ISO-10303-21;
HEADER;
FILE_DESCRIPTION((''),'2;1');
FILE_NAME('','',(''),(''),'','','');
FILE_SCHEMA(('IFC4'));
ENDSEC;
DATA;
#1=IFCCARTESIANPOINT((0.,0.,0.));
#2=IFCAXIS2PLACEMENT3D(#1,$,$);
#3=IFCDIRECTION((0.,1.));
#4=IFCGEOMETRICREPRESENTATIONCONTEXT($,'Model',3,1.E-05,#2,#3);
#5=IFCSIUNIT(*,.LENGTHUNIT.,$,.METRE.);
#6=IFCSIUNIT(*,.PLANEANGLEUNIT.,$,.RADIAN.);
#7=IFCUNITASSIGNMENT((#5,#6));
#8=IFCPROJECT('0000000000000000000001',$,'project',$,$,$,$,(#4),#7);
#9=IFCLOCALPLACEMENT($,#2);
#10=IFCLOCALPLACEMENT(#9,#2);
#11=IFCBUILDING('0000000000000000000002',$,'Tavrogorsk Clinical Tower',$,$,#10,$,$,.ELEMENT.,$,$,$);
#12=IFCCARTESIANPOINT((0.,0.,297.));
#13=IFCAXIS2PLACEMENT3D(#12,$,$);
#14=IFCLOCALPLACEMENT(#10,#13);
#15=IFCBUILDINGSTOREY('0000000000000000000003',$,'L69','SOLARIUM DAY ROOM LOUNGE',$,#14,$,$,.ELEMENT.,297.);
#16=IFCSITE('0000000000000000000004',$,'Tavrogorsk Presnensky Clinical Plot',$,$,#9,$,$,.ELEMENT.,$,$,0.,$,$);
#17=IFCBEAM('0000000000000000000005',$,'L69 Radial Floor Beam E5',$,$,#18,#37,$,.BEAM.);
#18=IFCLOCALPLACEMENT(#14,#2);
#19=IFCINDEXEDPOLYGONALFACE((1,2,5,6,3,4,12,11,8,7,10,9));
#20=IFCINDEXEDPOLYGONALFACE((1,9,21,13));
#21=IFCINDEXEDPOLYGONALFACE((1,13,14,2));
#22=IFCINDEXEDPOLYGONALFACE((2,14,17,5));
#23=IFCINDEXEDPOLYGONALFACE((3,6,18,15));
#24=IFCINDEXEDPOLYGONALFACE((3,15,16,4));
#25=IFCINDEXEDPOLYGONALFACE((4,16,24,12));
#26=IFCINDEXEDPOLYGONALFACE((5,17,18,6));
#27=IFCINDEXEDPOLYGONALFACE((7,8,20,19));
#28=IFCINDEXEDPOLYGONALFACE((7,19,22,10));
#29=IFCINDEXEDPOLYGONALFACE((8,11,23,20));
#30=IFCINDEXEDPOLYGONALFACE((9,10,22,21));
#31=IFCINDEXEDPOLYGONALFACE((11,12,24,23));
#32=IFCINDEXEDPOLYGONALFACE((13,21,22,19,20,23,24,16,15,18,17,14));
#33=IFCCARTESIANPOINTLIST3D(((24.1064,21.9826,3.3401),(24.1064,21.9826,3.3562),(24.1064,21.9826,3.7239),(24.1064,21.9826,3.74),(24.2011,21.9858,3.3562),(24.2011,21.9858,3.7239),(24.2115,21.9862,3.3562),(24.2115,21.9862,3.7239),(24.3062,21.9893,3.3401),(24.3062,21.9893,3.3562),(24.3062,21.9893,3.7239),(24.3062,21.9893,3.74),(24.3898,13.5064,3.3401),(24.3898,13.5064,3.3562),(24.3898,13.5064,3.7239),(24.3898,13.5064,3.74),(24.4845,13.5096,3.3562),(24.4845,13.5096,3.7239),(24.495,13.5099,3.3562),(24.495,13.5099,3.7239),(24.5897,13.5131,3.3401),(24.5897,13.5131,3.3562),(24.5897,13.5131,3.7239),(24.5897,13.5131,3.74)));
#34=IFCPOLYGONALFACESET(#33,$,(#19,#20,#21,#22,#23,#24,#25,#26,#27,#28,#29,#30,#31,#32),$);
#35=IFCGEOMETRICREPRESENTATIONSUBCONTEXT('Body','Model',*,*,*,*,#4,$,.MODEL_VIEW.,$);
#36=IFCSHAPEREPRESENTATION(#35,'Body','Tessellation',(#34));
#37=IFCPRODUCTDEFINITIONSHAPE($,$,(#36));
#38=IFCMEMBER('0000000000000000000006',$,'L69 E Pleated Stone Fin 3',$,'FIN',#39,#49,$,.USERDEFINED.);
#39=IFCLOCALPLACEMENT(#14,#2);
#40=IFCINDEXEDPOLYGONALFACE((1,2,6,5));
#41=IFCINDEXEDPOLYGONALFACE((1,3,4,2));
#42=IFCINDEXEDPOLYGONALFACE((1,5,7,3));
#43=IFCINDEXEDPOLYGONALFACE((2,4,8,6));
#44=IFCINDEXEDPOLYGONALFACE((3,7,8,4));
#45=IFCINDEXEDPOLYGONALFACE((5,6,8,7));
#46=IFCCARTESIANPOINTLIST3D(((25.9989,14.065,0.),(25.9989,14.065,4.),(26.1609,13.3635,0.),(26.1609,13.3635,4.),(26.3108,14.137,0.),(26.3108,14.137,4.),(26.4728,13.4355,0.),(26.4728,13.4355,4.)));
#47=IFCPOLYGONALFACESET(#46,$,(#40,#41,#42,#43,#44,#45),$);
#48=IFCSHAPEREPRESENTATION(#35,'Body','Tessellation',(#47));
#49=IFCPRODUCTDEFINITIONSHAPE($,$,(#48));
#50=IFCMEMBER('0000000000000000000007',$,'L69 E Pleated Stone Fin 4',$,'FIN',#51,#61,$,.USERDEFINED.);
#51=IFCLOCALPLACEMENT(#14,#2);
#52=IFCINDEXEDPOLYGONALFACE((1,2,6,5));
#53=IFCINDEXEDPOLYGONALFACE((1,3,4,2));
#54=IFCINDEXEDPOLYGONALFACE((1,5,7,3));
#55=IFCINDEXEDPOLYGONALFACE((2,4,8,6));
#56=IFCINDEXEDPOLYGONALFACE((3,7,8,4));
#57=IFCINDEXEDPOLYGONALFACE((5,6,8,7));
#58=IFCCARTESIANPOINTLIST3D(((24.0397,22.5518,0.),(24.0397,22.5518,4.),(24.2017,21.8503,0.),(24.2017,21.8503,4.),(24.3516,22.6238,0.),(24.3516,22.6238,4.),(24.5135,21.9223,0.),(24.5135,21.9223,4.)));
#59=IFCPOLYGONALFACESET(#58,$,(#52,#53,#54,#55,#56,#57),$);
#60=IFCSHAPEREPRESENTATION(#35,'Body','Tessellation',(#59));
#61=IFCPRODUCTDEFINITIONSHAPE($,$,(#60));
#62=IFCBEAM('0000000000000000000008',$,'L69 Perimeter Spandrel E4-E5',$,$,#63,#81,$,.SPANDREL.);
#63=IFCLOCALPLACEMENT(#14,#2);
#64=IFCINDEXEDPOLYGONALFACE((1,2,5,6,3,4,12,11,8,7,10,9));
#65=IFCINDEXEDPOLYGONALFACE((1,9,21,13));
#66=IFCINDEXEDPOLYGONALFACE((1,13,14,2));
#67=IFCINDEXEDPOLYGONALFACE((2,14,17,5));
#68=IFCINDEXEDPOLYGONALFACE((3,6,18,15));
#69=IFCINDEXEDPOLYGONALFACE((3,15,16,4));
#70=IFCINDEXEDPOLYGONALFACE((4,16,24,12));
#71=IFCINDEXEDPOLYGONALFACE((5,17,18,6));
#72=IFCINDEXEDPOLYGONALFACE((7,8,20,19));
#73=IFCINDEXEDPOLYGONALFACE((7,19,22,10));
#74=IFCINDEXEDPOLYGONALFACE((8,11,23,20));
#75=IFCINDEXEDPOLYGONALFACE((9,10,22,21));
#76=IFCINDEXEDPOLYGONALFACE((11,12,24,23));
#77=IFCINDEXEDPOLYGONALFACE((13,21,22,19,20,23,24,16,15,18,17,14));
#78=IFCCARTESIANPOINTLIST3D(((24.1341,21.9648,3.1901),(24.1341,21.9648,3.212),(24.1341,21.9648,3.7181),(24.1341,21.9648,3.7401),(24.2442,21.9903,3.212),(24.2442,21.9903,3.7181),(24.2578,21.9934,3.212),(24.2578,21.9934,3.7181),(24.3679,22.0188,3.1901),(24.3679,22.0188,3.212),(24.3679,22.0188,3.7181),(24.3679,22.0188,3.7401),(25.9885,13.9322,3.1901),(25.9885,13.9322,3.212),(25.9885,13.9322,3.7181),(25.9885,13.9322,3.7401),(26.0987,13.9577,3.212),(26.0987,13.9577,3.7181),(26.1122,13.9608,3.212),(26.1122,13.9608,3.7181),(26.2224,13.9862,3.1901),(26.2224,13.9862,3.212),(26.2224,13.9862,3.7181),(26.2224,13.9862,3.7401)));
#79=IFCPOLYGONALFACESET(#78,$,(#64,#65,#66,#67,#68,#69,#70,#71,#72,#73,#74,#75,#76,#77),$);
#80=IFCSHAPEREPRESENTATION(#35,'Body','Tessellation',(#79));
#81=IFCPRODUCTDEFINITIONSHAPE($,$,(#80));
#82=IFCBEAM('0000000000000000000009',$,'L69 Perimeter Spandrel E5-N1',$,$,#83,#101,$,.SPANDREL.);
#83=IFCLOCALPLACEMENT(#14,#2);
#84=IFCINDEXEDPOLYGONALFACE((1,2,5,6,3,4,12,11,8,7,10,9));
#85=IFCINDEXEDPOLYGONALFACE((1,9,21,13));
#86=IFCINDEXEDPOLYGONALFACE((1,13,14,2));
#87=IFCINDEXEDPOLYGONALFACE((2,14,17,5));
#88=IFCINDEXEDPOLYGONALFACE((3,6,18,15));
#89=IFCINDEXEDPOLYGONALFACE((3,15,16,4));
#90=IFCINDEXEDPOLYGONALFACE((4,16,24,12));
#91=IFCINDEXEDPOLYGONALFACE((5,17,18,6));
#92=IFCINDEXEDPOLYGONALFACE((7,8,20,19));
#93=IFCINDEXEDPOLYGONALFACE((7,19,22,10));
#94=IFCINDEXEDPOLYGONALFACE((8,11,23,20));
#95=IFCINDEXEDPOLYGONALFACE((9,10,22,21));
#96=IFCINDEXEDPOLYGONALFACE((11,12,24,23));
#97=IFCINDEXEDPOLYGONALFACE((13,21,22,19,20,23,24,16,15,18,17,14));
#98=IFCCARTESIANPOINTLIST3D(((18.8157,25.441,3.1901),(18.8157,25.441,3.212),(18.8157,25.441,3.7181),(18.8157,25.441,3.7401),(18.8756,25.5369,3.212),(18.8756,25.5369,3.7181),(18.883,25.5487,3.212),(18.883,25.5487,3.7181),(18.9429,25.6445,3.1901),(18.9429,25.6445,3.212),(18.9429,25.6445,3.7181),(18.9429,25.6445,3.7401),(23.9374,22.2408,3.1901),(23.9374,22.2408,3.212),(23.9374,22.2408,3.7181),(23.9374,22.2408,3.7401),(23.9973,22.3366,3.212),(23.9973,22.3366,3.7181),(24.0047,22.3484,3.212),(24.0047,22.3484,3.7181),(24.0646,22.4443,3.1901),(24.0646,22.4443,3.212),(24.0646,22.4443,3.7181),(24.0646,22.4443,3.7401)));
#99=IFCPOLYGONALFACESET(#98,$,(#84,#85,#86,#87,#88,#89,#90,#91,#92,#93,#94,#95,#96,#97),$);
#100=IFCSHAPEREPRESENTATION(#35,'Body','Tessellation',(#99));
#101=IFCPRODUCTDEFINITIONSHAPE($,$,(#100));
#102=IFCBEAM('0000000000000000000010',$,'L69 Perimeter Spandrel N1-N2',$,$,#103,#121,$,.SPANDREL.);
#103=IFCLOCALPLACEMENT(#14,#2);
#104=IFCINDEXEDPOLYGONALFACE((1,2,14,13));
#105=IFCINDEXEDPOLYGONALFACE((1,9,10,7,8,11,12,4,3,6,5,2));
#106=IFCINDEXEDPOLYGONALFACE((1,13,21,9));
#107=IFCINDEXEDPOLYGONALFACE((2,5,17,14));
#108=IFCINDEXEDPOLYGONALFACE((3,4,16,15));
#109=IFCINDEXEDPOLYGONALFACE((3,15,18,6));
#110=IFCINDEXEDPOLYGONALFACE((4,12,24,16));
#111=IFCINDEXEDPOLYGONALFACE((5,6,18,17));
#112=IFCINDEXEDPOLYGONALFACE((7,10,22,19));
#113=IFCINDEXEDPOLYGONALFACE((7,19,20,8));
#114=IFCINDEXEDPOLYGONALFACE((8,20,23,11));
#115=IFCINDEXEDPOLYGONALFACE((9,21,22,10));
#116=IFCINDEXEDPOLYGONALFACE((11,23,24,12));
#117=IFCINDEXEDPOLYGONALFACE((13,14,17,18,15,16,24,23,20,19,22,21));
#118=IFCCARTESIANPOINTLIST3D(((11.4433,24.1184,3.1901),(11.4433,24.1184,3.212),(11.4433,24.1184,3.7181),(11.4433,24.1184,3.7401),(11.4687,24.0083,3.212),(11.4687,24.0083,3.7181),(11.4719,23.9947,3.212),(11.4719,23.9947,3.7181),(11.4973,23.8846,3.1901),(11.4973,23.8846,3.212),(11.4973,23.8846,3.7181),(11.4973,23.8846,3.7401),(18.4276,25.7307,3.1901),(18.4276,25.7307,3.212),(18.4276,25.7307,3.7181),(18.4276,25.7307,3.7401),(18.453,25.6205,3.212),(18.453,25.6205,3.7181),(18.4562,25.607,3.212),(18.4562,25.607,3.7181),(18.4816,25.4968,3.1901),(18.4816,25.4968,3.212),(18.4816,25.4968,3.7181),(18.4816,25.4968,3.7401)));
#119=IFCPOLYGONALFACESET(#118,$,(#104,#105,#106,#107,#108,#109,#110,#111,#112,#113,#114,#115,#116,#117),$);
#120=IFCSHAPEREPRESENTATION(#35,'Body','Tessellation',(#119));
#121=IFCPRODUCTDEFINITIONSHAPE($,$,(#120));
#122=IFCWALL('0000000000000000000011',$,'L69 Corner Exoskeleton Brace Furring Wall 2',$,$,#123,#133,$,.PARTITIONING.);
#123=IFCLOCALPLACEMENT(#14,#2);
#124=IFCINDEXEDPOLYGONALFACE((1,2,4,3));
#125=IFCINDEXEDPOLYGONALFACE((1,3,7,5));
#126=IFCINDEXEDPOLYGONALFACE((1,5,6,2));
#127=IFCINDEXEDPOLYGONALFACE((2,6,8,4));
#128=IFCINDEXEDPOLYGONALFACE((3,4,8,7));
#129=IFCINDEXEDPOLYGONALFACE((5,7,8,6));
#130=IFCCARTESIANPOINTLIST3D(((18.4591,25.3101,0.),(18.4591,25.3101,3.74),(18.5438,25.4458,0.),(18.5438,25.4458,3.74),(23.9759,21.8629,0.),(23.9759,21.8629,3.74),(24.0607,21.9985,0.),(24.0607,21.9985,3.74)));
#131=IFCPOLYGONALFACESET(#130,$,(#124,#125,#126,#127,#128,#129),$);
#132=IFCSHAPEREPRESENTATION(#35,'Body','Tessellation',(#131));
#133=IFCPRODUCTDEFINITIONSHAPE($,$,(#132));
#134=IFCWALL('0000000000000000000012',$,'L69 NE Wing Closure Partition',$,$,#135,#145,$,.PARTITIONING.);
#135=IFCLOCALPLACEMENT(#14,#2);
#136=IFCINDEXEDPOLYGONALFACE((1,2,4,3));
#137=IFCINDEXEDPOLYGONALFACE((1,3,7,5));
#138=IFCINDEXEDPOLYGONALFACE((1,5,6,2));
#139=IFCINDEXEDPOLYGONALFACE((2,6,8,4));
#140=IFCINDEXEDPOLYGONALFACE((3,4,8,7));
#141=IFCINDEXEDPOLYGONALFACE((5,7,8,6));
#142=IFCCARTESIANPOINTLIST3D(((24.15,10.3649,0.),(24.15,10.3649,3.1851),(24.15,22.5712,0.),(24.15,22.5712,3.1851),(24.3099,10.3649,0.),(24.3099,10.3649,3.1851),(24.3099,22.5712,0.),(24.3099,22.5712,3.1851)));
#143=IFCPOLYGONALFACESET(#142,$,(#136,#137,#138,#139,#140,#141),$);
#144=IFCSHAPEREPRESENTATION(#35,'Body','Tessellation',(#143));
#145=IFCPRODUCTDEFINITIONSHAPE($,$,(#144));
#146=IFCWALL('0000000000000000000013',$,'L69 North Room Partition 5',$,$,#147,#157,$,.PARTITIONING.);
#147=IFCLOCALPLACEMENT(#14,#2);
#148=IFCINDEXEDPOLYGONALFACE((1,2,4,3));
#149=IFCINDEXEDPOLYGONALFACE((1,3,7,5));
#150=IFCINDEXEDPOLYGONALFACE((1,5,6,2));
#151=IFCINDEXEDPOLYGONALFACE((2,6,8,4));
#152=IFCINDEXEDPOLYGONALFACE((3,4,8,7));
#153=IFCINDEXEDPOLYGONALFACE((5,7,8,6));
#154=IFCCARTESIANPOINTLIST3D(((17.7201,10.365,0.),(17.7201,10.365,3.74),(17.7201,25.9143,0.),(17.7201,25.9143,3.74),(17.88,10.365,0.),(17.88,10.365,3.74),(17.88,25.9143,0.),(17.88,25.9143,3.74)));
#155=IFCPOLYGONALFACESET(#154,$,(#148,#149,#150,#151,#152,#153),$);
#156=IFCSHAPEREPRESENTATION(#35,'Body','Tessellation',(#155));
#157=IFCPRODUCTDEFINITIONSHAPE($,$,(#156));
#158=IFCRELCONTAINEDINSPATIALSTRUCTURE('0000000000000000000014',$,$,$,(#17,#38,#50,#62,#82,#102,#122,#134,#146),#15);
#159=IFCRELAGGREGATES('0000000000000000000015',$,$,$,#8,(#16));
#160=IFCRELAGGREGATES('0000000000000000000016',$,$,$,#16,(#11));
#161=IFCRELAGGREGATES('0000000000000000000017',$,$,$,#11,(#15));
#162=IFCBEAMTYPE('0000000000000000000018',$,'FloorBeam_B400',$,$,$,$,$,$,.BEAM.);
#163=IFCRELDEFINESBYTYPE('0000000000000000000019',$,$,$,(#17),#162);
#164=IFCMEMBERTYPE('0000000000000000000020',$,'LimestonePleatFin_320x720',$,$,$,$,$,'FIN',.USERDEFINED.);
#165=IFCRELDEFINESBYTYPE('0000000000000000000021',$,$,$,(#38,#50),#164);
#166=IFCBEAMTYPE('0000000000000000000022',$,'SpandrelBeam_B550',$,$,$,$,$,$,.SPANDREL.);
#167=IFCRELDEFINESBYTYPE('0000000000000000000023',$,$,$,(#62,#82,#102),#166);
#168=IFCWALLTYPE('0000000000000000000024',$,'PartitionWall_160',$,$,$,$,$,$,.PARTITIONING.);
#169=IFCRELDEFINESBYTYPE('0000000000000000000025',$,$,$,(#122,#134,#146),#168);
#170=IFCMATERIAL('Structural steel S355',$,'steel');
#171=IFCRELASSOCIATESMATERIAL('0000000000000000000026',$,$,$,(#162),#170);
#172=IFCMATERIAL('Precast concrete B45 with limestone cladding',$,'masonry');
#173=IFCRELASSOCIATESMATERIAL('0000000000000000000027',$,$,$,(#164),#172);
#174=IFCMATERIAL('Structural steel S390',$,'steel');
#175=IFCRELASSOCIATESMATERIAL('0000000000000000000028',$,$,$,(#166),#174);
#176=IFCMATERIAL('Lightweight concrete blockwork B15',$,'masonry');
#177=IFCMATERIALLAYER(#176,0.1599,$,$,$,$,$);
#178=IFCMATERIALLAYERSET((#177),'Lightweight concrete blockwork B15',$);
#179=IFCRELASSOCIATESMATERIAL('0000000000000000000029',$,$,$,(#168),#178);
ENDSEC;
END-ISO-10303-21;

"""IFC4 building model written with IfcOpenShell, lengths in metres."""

from ifc_helpers import new_model, si_unit, direction, frame, frame_2d, origin, origin_2d, place, context, subcontext, project, spatial, rectangle, i_section, extrude, material, layer, layer_set, material_profile, profile_set, type_object, element, save


model = new_model("IFC4")

# Units and contexts
model_context = context("Model", 3, precision=1e-05, world=origin(), true_north=direction((0.0, 1.0)))
body_context = subcontext(model_context, "Body", "Model", "MODEL_VIEW")
ifc_project = project(units=[si_unit("LENGTHUNIT", "METRE"), si_unit("PLANEANGLEUNIT", "RADIAN")], contexts=[model_context])

# Site, building, storey
site_placement = place(None, origin())
site = spatial("IfcSite", under=ifc_project, at=site_placement, Name="Tavrogorsk Presnensky Clinical Plot", CompositionType="ELEMENT", RefElevation=0.0)
building_placement = place(site_placement, origin())
building = spatial("IfcBuilding", under=site, at=building_placement, Name="Tavrogorsk Clinical Tower", CompositionType="ELEMENT")
storey_placement = place(building_placement, frame((0.0, 0.0, 297.0)))
storey = spatial("IfcBuildingStorey", under=building, at=storey_placement, Name="L69", Description="SOLARIUM DAY ROOM LOUNGE", CompositionType="ELEMENT", Elevation=297.0)

# Beam
ifc_material_1 = material(Name="Structural steel S355", Category="steel")
ifc_material_profile_1 = material_profile(ifc_material_1, i_section(OverallWidth=0.2, OverallDepth=0.3999, WebThickness=0.0105, FlangeThickness=0.0161, at=origin_2d()), Name="B-400x200x10.5x16")
ifc_profile_set_1 = profile_set([ifc_material_profile_1], Name="Structural steel S355")
beam_type_1 = type_object("IfcBeamType", Name="FloorBeam_B400", PredefinedType="BEAM", material=ifc_profile_set_1)
beam_1_placement = place(storey_placement, frame((24.4897, 13.5098, 3.54), z_axis=(-0.033421, 0.999441, 0.0), x_axis=(-0.999441, -0.033421, 0.0)))
element("IfcBeam", 1, at=beam_1_placement, inside=storey, type_object=beam_type_1, Name="L69 Radial Floor Beam E5", PredefinedType="BEAM", context=body_context, shape_type="SweptSolid", body=[
    extrude(i_section(OverallWidth=0.2, OverallDepth=0.3999, WebThickness=0.0105, FlangeThickness=0.0161, at=origin_2d()), origin(), (0.0, 0.0, 1.0), 8.481),
])

# Members
ifc_material_2 = material(Name="Precast concrete B45 with limestone cladding", Category="masonry")
ifc_material_profile_2 = material_profile(ifc_material_2, rectangle(XDim=0.3201, YDim=0.72, at=origin_2d()), Name="LIMESTONE-FIN-320x720")
ifc_profile_set_2 = profile_set([ifc_material_profile_2], Name="Precast concrete B45 with limestone cladding")
member_type_1 = type_object("IfcMemberType", Name="LimestonePleatFin_320x720", ElementType="FIN", PredefinedType="USERDEFINED", material=ifc_profile_set_2)
for number, where, z_axis, x_axis, name in (
    (2, (26.2358, 13.7502, 0.0), (0.0, 0.0, 1.0), (0.97437, 0.224951, 0.0), "L69 E Pleated Stone Fin 3"),
    (3, (24.2766, 22.2371, 0.0), (0.0, 0.0, 1.0), (0.97437, 0.224951, 0.0), "L69 E Pleated Stone Fin 4"),
):
    element("IfcMember", number, at=place(storey_placement, frame(where, z_axis=z_axis, x_axis=x_axis)), inside=storey, type_object=member_type_1, Name=name, ObjectType="FIN", PredefinedType="USERDEFINED", context=body_context, shape_type="SweptSolid", body=[
        extrude(rectangle(XDim=0.3201, YDim=0.72, at=origin_2d()), origin(), (0.0, 0.0, 1.0), 4.0),
    ])

# Beams
ifc_material_3 = material(Name="Structural steel S390", Category="steel")
ifc_material_profile_3 = material_profile(ifc_material_3, i_section(OverallWidth=0.24, OverallDepth=0.55, WebThickness=0.0139, FlangeThickness=0.022, at=origin_2d()), Name="B-550x240x14x22")
ifc_profile_set_3 = profile_set([ifc_material_profile_3], Name="Structural steel S390")
beam_type_2 = type_object("IfcBeamType", Name="SpandrelBeam_B550", PredefinedType="SPANDREL", material=ifc_profile_set_3)
beam_2_placement = place(storey_placement, frame((26.1055, 13.9592, 3.4651), z_axis=(-0.22495, 0.97437, 0.0), x_axis=(-0.97437, -0.22495, 0.0)))
element("IfcBeam", 4, at=beam_2_placement, inside=storey, type_object=beam_type_2, Name="L69 Perimeter Spandrel E4-E5", PredefinedType="SPANDREL", context=body_context, shape_type="SweptSolid", body=[
    extrude(i_section(OverallWidth=0.24, OverallDepth=0.55, WebThickness=0.0139, FlangeThickness=0.022, at=origin_2d()), origin(), (0.0, 0.0, 1.0), 8.2439),
])
beam_3_placement = place(storey_placement, frame((24.001, 22.3425, 3.4651), z_axis=(-0.848057, 0.529904, 0.0), x_axis=(-0.529904, -0.848057, 0.0)))
element("IfcBeam", 5, at=beam_3_placement, inside=storey, type_object=beam_type_2, Name="L69 Perimeter Spandrel E5-N1", PredefinedType="SPANDREL", context=body_context, shape_type="SweptSolid", body=[
    extrude(i_section(OverallWidth=0.24, OverallDepth=0.55, WebThickness=0.0139, FlangeThickness=0.022, at=origin_2d()), origin(), (0.0, 0.0, 1.0), 6.0393),
])
beam_4_placement = place(storey_placement, frame((18.4546, 25.6138, 3.4651), z_axis=(-0.974375, -0.224929, 0.0), x_axis=(0.224929, -0.974375, 0.0)))
element("IfcBeam", 6, at=beam_4_placement, inside=storey, type_object=beam_type_2, Name="L69 Perimeter Spandrel N1-N2", PredefinedType="SPANDREL", context=body_context, shape_type="SweptSolid", body=[
    extrude(i_section(OverallWidth=0.24, OverallDepth=0.55, WebThickness=0.0139, FlangeThickness=0.022, at=origin_2d()), origin(), (0.0, 0.0, 1.0), 7.168),
])

# Walls
ifc_material_4 = material(Name="Lightweight concrete blockwork B15", Category="masonry")
ifc_layer_1 = layer(ifc_material_4, 0.1599)
ifc_layer_set_1 = layer_set([ifc_layer_1], Name="Lightweight concrete blockwork B15")
wall_type_1 = type_object("IfcWallType", Name="PartitionWall_160", PredefinedType="PARTITIONING", material=ifc_layer_set_1)
wall_1_placement = place(storey_placement, frame((24.0183, 21.9307, 0.0), z_axis=(0.0, 0.0, 1.0), x_axis=(-0.848051, 0.529915, 0.0)))
element("IfcWall", 7, at=wall_1_placement, inside=storey, type_object=wall_type_1, Name="L69 Corner Exoskeleton Brace Furring Wall 2", PredefinedType="PARTITIONING", context=body_context, shape_type="SweptSolid", body=[
    extrude(rectangle(XDim=6.5054, YDim=0.1599, at=frame_2d((3.2527, 0.0))), origin(), (0.0, 0.0, 1.0), 3.74),
])
wall_2_placement = place(storey_placement, frame((24.23, 10.365, 0.0), z_axis=(0.0, 0.0, 1.0), x_axis=(0.0, 1.0, 0.0)))
element("IfcWall", 8, at=wall_2_placement, inside=storey, type_object=wall_type_1, Name="L69 NE Wing Closure Partition", PredefinedType="PARTITIONING", context=body_context, shape_type="SweptSolid", body=[
    extrude(rectangle(XDim=12.2063, YDim=0.1599, at=frame_2d((6.103, 0.0))), origin(), (0.0, 0.0, 1.0), 3.1851),
])
wall_3_placement = place(storey_placement, frame((17.8, 10.365, 0.0), z_axis=(0.0, 0.0, 1.0), x_axis=(0.0, 1.0, 0.0)))
element("IfcWall", 9, at=wall_3_placement, inside=storey, type_object=wall_type_1, Name="L69 North Room Partition 5", PredefinedType="PARTITIONING", context=body_context, shape_type="SweptSolid", body=[
    extrude(rectangle(XDim=15.5493, YDim=0.1599, at=frame_2d((7.7747, 0.0))), origin(), (0.0, 0.0, 1.0), 3.74),
])

save(model, "model.ifc")
